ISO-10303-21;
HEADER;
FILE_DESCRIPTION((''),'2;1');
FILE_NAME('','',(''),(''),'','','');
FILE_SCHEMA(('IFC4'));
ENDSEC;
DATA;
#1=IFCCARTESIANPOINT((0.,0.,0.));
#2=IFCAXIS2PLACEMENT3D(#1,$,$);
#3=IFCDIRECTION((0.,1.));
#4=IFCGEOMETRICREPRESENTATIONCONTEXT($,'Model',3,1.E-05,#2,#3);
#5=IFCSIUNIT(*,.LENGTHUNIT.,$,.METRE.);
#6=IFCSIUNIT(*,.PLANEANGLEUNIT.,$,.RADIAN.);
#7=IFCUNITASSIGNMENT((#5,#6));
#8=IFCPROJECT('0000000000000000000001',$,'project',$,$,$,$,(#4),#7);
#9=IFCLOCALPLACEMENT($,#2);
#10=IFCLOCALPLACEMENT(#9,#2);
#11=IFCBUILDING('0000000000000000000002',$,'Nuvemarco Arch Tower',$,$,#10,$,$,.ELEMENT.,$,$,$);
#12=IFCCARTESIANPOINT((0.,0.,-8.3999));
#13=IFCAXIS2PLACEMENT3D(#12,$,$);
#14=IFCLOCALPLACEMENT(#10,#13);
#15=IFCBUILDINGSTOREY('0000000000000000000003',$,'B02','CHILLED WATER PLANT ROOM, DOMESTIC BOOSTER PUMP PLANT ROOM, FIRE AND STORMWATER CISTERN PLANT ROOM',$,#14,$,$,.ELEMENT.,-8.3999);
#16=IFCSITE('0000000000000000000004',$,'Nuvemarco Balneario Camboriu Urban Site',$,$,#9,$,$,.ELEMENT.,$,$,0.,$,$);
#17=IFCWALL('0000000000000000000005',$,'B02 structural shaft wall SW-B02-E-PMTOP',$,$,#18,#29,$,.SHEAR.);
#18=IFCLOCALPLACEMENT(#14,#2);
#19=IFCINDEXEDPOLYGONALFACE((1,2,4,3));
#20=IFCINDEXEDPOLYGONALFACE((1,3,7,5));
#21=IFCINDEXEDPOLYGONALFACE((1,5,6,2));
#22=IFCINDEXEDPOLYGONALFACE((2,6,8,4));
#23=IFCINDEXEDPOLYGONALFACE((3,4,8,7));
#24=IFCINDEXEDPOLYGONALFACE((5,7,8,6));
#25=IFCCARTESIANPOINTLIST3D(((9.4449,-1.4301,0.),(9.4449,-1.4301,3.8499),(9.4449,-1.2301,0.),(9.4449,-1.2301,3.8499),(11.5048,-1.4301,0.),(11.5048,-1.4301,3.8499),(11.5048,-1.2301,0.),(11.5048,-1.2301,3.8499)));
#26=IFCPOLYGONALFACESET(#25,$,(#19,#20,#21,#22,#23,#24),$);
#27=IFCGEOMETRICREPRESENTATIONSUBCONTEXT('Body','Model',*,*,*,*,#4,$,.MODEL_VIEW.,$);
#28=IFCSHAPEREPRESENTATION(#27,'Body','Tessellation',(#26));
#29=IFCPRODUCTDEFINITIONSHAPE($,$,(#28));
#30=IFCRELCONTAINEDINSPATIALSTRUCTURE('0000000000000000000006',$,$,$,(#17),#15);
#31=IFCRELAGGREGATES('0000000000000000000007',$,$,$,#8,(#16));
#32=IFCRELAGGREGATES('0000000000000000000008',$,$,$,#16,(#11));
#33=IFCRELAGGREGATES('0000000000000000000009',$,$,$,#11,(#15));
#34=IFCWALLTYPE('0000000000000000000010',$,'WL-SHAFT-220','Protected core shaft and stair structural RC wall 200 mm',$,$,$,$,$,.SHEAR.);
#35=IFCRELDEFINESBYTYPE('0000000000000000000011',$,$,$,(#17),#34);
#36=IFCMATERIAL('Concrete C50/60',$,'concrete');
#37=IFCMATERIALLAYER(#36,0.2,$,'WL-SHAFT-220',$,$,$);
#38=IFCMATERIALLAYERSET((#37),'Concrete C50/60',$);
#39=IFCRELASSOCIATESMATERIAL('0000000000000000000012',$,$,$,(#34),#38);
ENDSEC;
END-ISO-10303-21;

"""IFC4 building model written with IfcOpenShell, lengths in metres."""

from ifc_helpers import new_model, si_unit, direction, frame, frame_2d, origin, place, context, subcontext, project, spatial, rectangle, extrude, material, layer, layer_set, type_object, element, save


model = new_model("IFC4")

# Units and contexts
model_context = context("Model", 3, precision=1e-05, world=origin(), true_north=direction((0.0, 1.0)))
body_context = subcontext(model_context, "Body", "Model", "MODEL_VIEW")
ifc_project = project(units=[si_unit("LENGTHUNIT", "METRE"), si_unit("PLANEANGLEUNIT", "RADIAN")], contexts=[model_context])

# Site, building, storey
site_placement = place(None, origin())
site = spatial("IfcSite", under=ifc_project, at=site_placement, Name="Nuvemarco Balneario Camboriu Urban Site", CompositionType="ELEMENT", RefElevation=0.0)
building_placement = place(site_placement, origin())
building = spatial("IfcBuilding", under=site, at=building_placement, Name="Nuvemarco Arch Tower", CompositionType="ELEMENT")
storey_placement = place(building_placement, frame((0.0, 0.0, -8.3999)))
storey = spatial("IfcBuildingStorey", under=building, at=storey_placement, Name="B02", Description="CHILLED WATER PLANT ROOM, DOMESTIC BOOSTER PUMP PLANT ROOM, FIRE AND STORMWATER CISTERN PLANT ROOM", CompositionType="ELEMENT", Elevation=-8.3999)

# Shared definitions
ifc_material_1 = material(Name="Concrete C50/60", Category="concrete")

# Wall
ifc_layer_1 = layer(ifc_material_1, 0.2, Name="WL-SHAFT-220")
ifc_layer_set_1 = layer_set([ifc_layer_1], Name="Concrete C50/60")
wall_type_1 = type_object("IfcWallType", Name="WL-SHAFT-220", Description="Protected core shaft and stair structural RC wall 200 mm", PredefinedType="SHEAR", material=ifc_layer_set_1)
wall_1_placement = place(storey_placement, frame((9.4451, -1.3301, 0.0), z_axis=(0.0, 0.0, 1.0), x_axis=(1.0, 0.0, 0.0)))
element("IfcWall", 1, at=wall_1_placement, inside=storey, type_object=wall_type_1, Name="B02 structural shaft wall SW-B02-E-PMTOP", PredefinedType="SHEAR", context=body_context, shape_type="SweptSolid", body=[
    extrude(rectangle(XDim=2.0598, YDim=0.2, at=frame_2d((1.0298, 0.0))), origin(), (0.0, 0.0, 1.0), 3.8499),
])

save(model, "model.ifc")
